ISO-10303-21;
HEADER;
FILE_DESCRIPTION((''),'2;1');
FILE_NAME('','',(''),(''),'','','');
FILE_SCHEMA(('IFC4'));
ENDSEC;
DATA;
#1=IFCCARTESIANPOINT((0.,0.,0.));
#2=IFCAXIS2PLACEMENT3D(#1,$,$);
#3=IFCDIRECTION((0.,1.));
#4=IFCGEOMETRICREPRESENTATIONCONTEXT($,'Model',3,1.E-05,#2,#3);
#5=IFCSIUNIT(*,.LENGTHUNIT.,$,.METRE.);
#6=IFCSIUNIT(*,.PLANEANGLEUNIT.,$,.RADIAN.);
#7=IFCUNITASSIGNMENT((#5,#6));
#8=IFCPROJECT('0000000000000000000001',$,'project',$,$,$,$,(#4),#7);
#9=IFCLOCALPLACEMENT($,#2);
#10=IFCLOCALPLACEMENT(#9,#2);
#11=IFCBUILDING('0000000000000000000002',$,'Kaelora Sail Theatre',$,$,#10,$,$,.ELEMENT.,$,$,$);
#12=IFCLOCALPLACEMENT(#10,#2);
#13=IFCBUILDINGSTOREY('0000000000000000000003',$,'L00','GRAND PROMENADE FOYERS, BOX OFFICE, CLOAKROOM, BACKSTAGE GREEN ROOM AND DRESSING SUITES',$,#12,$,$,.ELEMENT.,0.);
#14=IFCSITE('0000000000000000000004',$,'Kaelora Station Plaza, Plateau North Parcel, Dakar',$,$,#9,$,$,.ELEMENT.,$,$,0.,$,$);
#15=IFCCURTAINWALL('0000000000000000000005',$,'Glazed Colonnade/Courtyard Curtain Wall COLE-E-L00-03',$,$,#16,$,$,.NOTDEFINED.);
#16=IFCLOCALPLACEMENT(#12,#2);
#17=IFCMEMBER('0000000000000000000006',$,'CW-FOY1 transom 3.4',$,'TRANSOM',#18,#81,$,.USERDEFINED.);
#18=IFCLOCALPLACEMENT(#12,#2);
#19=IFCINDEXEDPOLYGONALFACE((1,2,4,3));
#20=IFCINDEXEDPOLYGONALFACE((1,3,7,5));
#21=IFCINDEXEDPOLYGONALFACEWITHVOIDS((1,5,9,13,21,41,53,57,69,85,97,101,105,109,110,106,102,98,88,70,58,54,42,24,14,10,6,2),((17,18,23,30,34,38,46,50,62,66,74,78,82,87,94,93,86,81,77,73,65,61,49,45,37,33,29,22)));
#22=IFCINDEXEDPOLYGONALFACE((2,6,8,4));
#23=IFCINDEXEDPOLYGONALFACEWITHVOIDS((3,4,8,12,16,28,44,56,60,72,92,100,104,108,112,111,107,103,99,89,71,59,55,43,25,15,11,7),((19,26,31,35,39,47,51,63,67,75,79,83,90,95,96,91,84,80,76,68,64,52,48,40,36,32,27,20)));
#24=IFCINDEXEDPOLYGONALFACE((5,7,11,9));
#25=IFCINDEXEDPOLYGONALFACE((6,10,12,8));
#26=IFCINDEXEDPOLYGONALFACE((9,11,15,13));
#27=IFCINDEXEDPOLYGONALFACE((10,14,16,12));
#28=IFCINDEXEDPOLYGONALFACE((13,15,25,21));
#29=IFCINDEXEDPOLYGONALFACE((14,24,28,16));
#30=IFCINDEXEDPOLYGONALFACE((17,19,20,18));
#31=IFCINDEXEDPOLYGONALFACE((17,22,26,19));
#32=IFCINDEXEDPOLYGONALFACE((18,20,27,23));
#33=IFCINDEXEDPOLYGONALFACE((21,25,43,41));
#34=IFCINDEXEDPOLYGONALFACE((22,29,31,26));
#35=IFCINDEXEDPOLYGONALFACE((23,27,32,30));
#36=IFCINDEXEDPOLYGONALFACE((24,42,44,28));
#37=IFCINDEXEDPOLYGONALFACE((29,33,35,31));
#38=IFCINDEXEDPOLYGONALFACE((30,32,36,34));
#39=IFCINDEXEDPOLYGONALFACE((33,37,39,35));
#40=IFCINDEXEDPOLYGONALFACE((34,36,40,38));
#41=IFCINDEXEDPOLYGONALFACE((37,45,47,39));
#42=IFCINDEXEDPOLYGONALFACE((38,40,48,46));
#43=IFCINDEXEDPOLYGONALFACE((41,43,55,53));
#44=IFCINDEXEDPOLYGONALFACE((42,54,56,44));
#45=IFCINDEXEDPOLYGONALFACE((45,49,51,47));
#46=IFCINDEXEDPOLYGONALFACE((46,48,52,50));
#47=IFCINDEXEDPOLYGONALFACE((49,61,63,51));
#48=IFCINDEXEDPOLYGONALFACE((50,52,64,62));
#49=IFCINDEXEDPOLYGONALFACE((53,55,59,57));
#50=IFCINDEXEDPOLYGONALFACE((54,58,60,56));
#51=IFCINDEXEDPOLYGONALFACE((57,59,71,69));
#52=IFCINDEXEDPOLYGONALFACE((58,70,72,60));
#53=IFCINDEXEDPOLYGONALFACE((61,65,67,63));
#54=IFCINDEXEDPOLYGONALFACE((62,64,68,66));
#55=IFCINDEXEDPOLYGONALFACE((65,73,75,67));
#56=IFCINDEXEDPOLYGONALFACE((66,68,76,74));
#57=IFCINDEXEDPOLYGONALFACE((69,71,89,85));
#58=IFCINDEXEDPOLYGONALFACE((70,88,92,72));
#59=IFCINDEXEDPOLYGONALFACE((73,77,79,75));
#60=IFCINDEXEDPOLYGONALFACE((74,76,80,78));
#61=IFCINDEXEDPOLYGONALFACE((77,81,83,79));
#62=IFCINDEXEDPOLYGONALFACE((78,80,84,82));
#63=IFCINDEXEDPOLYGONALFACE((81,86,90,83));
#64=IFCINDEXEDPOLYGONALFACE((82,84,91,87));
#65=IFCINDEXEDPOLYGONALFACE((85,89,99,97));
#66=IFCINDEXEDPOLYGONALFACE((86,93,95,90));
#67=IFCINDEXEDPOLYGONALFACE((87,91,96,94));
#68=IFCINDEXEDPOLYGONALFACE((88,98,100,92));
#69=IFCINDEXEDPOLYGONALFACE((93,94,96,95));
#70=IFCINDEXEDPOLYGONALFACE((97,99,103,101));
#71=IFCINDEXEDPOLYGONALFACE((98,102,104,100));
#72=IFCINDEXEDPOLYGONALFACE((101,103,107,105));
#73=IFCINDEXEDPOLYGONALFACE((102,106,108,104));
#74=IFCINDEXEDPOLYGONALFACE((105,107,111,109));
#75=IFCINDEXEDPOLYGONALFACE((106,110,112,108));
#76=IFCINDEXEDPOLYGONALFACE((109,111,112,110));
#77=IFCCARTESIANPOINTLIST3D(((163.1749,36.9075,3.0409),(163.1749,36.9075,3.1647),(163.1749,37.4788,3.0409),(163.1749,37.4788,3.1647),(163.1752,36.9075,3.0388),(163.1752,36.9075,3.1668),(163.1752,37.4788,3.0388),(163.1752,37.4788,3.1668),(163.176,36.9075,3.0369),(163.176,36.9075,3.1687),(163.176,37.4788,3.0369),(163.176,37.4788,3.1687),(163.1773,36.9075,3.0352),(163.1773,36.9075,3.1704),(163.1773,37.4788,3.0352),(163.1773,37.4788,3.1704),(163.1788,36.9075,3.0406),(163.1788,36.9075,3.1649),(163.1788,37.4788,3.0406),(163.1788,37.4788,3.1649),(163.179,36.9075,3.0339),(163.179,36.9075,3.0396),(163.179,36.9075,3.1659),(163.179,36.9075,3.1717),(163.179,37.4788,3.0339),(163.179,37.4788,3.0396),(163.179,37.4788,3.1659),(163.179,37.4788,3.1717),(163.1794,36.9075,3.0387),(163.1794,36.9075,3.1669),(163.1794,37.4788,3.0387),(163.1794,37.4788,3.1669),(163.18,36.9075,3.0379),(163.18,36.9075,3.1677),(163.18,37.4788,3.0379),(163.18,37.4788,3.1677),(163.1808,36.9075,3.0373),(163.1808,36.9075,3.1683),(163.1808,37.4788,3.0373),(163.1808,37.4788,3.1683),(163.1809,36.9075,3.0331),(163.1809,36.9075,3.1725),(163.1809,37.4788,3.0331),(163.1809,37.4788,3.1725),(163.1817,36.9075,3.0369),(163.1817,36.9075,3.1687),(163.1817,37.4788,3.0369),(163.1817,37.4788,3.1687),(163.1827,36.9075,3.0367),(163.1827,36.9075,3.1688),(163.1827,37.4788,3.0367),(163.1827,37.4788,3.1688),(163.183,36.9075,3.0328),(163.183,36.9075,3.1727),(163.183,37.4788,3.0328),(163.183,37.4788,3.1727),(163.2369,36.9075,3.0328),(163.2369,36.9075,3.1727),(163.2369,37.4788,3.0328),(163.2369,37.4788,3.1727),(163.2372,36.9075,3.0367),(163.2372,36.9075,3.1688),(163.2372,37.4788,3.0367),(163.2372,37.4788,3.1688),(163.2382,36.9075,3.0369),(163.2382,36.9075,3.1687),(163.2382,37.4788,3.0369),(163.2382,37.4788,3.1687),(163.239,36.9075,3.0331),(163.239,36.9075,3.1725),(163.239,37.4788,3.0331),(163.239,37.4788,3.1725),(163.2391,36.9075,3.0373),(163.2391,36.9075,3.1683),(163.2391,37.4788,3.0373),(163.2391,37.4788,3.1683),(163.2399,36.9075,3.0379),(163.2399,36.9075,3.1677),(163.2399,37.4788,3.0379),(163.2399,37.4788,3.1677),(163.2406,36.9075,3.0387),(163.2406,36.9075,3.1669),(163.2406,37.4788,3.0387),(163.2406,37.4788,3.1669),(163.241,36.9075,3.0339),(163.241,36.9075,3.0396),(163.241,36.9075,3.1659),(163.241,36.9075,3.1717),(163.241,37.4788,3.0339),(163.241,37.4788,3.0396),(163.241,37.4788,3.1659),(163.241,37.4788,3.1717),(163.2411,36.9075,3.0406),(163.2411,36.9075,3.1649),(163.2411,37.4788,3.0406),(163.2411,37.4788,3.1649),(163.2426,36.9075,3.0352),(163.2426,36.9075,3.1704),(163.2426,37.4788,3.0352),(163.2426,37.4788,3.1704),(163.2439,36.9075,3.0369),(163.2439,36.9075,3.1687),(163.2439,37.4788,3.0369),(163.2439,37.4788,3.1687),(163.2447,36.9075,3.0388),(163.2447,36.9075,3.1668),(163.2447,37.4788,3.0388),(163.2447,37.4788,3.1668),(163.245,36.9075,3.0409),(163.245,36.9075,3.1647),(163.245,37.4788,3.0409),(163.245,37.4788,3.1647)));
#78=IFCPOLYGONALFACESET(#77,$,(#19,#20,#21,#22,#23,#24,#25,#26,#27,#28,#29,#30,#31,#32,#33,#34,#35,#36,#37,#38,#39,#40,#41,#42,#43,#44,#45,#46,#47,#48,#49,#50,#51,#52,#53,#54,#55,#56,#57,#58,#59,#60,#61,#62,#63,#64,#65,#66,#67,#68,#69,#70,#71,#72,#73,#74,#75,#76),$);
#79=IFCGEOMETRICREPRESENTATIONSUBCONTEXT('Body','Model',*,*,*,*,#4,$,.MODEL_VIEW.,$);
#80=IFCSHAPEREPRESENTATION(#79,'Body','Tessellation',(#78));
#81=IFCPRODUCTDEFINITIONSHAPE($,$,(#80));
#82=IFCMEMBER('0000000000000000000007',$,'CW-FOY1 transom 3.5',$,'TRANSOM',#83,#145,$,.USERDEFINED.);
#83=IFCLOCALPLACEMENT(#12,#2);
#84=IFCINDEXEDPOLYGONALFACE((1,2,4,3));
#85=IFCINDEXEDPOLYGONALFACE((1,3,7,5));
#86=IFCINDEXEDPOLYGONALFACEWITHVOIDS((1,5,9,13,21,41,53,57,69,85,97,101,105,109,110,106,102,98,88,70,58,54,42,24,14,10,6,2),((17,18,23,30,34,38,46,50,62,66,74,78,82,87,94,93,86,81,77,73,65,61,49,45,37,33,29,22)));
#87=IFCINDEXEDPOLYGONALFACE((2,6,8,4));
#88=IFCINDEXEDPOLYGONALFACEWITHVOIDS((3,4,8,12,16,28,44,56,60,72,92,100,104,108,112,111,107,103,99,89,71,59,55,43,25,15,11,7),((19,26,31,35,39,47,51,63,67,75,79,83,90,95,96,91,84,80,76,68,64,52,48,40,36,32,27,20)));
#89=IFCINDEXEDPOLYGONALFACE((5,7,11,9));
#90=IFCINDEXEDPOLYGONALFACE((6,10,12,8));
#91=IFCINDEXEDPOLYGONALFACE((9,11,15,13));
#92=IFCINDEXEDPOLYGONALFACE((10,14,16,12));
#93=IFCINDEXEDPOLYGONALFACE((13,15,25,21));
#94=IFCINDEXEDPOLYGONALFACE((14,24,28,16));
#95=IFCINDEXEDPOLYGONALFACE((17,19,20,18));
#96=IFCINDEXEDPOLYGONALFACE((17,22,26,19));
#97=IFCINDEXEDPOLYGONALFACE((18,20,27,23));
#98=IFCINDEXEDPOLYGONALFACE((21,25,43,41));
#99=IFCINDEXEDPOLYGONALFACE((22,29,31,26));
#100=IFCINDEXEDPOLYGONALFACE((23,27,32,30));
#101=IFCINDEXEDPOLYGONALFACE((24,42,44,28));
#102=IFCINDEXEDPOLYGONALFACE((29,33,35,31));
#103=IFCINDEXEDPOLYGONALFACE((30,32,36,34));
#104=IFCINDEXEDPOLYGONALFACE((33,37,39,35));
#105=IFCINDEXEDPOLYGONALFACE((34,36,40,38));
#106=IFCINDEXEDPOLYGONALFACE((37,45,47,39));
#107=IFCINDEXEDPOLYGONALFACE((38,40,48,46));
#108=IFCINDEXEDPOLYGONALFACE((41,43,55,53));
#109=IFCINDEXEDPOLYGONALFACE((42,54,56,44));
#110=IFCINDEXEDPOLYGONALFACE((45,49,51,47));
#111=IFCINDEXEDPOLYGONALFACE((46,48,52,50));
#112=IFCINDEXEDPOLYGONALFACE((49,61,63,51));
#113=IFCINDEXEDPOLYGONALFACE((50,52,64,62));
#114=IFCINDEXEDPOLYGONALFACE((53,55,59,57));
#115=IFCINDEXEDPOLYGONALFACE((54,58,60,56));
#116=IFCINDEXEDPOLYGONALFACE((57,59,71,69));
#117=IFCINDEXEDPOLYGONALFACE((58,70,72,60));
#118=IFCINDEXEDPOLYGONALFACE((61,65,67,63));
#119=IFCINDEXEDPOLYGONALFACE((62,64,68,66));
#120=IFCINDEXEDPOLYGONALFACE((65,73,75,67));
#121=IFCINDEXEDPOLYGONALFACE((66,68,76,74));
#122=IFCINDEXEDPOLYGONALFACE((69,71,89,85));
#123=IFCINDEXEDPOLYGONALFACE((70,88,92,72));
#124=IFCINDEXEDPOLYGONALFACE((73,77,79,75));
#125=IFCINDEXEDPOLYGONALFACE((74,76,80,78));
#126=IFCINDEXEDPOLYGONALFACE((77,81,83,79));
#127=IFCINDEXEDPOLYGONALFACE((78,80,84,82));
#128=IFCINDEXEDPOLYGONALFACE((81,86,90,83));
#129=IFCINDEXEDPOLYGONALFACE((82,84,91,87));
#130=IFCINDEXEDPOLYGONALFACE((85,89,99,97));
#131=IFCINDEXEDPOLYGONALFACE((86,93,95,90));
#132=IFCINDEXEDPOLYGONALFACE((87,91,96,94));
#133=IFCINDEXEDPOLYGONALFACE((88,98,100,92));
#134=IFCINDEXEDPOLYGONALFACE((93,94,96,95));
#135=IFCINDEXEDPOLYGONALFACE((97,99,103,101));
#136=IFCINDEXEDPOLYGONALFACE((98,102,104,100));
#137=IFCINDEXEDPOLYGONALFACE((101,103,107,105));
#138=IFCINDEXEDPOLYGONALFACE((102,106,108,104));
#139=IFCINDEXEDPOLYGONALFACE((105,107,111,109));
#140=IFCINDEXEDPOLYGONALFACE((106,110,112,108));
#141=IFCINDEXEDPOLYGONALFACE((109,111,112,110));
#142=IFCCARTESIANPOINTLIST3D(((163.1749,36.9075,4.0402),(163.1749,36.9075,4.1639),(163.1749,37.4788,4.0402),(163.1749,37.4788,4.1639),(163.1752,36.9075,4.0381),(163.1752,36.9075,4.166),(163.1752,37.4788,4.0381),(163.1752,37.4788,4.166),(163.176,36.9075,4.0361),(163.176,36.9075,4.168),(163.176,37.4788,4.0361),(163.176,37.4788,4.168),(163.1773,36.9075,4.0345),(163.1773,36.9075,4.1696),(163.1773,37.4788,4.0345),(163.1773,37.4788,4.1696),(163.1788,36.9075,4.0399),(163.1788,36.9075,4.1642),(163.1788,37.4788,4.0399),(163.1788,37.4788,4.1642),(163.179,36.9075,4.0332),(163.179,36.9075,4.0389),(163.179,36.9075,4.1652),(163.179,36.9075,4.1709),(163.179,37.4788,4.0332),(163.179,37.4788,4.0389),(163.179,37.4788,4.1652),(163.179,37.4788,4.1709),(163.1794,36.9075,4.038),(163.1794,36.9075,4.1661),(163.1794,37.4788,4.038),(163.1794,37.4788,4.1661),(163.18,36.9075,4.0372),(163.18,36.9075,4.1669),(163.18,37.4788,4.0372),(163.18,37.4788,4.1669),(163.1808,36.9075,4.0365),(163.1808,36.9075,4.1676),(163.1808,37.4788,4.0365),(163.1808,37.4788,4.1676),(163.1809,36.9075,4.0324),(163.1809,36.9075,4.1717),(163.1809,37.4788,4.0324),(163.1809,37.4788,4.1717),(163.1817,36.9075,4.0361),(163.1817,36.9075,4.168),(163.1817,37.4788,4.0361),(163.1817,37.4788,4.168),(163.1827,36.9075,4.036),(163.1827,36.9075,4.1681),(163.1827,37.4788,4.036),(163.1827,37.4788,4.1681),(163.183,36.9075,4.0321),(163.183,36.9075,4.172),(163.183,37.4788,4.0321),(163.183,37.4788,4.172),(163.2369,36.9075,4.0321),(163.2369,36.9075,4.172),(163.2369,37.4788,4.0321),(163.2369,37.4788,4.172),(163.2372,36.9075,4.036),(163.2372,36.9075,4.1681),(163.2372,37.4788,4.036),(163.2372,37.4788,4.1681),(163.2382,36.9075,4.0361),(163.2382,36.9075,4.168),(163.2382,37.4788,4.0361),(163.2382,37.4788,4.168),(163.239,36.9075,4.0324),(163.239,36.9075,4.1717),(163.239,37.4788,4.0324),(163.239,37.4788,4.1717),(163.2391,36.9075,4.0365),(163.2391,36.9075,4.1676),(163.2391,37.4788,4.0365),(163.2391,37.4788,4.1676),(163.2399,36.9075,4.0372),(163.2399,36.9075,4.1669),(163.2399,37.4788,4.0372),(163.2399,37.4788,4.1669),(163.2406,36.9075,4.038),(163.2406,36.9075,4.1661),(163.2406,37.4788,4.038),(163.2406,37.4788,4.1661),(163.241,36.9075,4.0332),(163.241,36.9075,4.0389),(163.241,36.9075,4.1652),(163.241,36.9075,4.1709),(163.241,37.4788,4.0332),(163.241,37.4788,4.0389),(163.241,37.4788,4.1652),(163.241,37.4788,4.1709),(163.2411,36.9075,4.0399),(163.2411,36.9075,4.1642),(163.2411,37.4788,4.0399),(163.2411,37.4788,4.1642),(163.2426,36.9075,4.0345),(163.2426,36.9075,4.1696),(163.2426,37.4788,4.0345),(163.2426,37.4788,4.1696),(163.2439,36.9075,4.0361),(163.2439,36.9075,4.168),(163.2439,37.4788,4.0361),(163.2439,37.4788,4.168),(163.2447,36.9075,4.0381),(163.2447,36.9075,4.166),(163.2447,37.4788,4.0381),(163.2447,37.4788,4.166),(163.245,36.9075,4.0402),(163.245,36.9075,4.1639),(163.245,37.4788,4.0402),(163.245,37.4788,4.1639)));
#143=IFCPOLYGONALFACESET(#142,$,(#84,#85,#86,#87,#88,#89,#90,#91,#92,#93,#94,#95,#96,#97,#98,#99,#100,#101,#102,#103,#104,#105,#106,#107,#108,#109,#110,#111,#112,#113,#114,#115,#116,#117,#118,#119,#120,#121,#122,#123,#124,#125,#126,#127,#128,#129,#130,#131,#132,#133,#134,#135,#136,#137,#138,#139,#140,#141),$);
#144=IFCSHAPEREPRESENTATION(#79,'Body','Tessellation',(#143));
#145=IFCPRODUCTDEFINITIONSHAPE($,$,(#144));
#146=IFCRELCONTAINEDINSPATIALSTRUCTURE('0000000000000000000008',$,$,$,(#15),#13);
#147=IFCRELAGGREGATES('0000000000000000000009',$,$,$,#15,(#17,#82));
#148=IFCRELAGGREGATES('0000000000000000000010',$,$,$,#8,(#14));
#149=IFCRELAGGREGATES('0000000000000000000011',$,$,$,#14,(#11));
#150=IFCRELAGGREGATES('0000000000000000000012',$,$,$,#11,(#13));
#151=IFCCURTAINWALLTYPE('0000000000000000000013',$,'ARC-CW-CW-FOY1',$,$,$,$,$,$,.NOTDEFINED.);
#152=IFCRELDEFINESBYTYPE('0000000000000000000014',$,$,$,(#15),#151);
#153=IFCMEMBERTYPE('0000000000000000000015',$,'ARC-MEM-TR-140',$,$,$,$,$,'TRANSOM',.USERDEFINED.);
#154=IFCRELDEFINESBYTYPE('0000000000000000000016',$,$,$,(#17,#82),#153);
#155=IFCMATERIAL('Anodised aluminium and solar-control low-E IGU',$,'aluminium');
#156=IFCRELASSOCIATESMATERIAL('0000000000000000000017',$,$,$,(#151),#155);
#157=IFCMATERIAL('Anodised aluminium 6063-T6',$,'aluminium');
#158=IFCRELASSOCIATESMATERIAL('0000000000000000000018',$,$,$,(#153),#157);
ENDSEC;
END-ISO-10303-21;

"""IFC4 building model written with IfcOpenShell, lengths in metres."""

from ifc_helpers import new_model, si_unit, direction, frame, origin, origin_2d, place, context, subcontext, project, spatial, hollow_rectangle, extrude, material, material_profile, profile_set, type_object, element, aggregate, save


model = new_model("IFC4")

# Units and contexts
model_context = context("Model", 3, precision=1e-05, world=origin(), true_north=direction((0.0, 1.0)))
body_context = subcontext(model_context, "Body", "Model", "MODEL_VIEW")
ifc_project = project(units=[si_unit("LENGTHUNIT", "METRE"), si_unit("PLANEANGLEUNIT", "RADIAN")], contexts=[model_context])

# Site, building, storey
site_placement = place(None, origin())
site = spatial("IfcSite", under=ifc_project, at=site_placement, Name="Kaelora Station Plaza, Plateau North Parcel, Dakar", CompositionType="ELEMENT", RefElevation=0.0)
building_placement = place(site_placement, origin())
building = spatial("IfcBuilding", under=site, at=building_placement, Name="Kaelora Sail Theatre", CompositionType="ELEMENT")
storey_placement = place(building_placement, origin())
storey = spatial("IfcBuildingStorey", under=building, at=storey_placement, Name="L00", Description="GRAND PROMENADE FOYERS, BOX OFFICE, CLOAKROOM, BACKSTAGE GREEN ROOM AND DRESSING SUITES", CompositionType="ELEMENT", Elevation=0.0)

# Curtain wall, members
ifc_material_1 = material(Name="Anodised aluminium and solar-control low-E IGU", Category="aluminium")
curtain_wall_type = type_object("IfcCurtainWallType", Name="ARC-CW-CW-FOY1", PredefinedType="NOTDEFINED", material=ifc_material_1)
curtain_wall_placement = place(storey_placement, origin())
curtain_wall = element("IfcCurtainWall", 1, at=curtain_wall_placement, inside=storey, type_object=curtain_wall_type, Name="Glazed Colonnade/Courtyard Curtain Wall COLE-E-L00-03", PredefinedType="NOTDEFINED")
ifc_material_2 = material(Name="Anodised aluminium 6063-T6", Category="aluminium")
ifc_material_profile_1 = material_profile(ifc_material_2, hollow_rectangle(XDim=0.0701, YDim=0.1399, WallThickness=0.0039, InnerFilletRadius=0.0039, OuterFilletRadius=0.0081, at=origin_2d()), Name="ALU-TRAN 70x140x4")
ifc_profile_set_1 = profile_set([ifc_material_profile_1], Name="Anodised aluminium 6063-T6")
member_type_1 = type_object("IfcMemberType", Name="ARC-MEM-TR-140", ElementType="TRANSOM", PredefinedType="USERDEFINED", material=ifc_profile_set_1)
member_1_placement = place(storey_placement, frame((163.21, 36.9075, 3.1028), z_axis=(0.0, 1.0, 0.0), x_axis=(-1.0, 0.0, 0.0)))
member_1 = element("IfcMember", 2, at=member_1_placement, type_object=member_type_1, Name="CW-FOY1 transom 3.4", ObjectType="TRANSOM", PredefinedType="USERDEFINED", context=body_context, shape_type="SweptSolid", body=[
    extrude(hollow_rectangle(XDim=0.0701, YDim=0.1399, WallThickness=0.0039, InnerFilletRadius=0.0039, OuterFilletRadius=0.0081, at=origin_2d()), origin(), (0.0, 0.0, 1.0), 0.5713),
])
member_2_placement = place(storey_placement, frame((163.21, 36.9075, 4.1021), z_axis=(0.0, 1.0, 0.0), x_axis=(-1.0, 0.0, 0.0)))
member_2 = element("IfcMember", 3, at=member_2_placement, type_object=member_type_1, Name="CW-FOY1 transom 3.5", ObjectType="TRANSOM", PredefinedType="USERDEFINED", context=body_context, shape_type="SweptSolid", body=[
    extrude(hollow_rectangle(XDim=0.0701, YDim=0.1399, WallThickness=0.0039, InnerFilletRadius=0.0039, OuterFilletRadius=0.0081, at=origin_2d()), origin(), (0.0, 0.0, 1.0), 0.5713),
])
aggregate(curtain_wall, [member_1, member_2])

save(model, "model.ifc")
